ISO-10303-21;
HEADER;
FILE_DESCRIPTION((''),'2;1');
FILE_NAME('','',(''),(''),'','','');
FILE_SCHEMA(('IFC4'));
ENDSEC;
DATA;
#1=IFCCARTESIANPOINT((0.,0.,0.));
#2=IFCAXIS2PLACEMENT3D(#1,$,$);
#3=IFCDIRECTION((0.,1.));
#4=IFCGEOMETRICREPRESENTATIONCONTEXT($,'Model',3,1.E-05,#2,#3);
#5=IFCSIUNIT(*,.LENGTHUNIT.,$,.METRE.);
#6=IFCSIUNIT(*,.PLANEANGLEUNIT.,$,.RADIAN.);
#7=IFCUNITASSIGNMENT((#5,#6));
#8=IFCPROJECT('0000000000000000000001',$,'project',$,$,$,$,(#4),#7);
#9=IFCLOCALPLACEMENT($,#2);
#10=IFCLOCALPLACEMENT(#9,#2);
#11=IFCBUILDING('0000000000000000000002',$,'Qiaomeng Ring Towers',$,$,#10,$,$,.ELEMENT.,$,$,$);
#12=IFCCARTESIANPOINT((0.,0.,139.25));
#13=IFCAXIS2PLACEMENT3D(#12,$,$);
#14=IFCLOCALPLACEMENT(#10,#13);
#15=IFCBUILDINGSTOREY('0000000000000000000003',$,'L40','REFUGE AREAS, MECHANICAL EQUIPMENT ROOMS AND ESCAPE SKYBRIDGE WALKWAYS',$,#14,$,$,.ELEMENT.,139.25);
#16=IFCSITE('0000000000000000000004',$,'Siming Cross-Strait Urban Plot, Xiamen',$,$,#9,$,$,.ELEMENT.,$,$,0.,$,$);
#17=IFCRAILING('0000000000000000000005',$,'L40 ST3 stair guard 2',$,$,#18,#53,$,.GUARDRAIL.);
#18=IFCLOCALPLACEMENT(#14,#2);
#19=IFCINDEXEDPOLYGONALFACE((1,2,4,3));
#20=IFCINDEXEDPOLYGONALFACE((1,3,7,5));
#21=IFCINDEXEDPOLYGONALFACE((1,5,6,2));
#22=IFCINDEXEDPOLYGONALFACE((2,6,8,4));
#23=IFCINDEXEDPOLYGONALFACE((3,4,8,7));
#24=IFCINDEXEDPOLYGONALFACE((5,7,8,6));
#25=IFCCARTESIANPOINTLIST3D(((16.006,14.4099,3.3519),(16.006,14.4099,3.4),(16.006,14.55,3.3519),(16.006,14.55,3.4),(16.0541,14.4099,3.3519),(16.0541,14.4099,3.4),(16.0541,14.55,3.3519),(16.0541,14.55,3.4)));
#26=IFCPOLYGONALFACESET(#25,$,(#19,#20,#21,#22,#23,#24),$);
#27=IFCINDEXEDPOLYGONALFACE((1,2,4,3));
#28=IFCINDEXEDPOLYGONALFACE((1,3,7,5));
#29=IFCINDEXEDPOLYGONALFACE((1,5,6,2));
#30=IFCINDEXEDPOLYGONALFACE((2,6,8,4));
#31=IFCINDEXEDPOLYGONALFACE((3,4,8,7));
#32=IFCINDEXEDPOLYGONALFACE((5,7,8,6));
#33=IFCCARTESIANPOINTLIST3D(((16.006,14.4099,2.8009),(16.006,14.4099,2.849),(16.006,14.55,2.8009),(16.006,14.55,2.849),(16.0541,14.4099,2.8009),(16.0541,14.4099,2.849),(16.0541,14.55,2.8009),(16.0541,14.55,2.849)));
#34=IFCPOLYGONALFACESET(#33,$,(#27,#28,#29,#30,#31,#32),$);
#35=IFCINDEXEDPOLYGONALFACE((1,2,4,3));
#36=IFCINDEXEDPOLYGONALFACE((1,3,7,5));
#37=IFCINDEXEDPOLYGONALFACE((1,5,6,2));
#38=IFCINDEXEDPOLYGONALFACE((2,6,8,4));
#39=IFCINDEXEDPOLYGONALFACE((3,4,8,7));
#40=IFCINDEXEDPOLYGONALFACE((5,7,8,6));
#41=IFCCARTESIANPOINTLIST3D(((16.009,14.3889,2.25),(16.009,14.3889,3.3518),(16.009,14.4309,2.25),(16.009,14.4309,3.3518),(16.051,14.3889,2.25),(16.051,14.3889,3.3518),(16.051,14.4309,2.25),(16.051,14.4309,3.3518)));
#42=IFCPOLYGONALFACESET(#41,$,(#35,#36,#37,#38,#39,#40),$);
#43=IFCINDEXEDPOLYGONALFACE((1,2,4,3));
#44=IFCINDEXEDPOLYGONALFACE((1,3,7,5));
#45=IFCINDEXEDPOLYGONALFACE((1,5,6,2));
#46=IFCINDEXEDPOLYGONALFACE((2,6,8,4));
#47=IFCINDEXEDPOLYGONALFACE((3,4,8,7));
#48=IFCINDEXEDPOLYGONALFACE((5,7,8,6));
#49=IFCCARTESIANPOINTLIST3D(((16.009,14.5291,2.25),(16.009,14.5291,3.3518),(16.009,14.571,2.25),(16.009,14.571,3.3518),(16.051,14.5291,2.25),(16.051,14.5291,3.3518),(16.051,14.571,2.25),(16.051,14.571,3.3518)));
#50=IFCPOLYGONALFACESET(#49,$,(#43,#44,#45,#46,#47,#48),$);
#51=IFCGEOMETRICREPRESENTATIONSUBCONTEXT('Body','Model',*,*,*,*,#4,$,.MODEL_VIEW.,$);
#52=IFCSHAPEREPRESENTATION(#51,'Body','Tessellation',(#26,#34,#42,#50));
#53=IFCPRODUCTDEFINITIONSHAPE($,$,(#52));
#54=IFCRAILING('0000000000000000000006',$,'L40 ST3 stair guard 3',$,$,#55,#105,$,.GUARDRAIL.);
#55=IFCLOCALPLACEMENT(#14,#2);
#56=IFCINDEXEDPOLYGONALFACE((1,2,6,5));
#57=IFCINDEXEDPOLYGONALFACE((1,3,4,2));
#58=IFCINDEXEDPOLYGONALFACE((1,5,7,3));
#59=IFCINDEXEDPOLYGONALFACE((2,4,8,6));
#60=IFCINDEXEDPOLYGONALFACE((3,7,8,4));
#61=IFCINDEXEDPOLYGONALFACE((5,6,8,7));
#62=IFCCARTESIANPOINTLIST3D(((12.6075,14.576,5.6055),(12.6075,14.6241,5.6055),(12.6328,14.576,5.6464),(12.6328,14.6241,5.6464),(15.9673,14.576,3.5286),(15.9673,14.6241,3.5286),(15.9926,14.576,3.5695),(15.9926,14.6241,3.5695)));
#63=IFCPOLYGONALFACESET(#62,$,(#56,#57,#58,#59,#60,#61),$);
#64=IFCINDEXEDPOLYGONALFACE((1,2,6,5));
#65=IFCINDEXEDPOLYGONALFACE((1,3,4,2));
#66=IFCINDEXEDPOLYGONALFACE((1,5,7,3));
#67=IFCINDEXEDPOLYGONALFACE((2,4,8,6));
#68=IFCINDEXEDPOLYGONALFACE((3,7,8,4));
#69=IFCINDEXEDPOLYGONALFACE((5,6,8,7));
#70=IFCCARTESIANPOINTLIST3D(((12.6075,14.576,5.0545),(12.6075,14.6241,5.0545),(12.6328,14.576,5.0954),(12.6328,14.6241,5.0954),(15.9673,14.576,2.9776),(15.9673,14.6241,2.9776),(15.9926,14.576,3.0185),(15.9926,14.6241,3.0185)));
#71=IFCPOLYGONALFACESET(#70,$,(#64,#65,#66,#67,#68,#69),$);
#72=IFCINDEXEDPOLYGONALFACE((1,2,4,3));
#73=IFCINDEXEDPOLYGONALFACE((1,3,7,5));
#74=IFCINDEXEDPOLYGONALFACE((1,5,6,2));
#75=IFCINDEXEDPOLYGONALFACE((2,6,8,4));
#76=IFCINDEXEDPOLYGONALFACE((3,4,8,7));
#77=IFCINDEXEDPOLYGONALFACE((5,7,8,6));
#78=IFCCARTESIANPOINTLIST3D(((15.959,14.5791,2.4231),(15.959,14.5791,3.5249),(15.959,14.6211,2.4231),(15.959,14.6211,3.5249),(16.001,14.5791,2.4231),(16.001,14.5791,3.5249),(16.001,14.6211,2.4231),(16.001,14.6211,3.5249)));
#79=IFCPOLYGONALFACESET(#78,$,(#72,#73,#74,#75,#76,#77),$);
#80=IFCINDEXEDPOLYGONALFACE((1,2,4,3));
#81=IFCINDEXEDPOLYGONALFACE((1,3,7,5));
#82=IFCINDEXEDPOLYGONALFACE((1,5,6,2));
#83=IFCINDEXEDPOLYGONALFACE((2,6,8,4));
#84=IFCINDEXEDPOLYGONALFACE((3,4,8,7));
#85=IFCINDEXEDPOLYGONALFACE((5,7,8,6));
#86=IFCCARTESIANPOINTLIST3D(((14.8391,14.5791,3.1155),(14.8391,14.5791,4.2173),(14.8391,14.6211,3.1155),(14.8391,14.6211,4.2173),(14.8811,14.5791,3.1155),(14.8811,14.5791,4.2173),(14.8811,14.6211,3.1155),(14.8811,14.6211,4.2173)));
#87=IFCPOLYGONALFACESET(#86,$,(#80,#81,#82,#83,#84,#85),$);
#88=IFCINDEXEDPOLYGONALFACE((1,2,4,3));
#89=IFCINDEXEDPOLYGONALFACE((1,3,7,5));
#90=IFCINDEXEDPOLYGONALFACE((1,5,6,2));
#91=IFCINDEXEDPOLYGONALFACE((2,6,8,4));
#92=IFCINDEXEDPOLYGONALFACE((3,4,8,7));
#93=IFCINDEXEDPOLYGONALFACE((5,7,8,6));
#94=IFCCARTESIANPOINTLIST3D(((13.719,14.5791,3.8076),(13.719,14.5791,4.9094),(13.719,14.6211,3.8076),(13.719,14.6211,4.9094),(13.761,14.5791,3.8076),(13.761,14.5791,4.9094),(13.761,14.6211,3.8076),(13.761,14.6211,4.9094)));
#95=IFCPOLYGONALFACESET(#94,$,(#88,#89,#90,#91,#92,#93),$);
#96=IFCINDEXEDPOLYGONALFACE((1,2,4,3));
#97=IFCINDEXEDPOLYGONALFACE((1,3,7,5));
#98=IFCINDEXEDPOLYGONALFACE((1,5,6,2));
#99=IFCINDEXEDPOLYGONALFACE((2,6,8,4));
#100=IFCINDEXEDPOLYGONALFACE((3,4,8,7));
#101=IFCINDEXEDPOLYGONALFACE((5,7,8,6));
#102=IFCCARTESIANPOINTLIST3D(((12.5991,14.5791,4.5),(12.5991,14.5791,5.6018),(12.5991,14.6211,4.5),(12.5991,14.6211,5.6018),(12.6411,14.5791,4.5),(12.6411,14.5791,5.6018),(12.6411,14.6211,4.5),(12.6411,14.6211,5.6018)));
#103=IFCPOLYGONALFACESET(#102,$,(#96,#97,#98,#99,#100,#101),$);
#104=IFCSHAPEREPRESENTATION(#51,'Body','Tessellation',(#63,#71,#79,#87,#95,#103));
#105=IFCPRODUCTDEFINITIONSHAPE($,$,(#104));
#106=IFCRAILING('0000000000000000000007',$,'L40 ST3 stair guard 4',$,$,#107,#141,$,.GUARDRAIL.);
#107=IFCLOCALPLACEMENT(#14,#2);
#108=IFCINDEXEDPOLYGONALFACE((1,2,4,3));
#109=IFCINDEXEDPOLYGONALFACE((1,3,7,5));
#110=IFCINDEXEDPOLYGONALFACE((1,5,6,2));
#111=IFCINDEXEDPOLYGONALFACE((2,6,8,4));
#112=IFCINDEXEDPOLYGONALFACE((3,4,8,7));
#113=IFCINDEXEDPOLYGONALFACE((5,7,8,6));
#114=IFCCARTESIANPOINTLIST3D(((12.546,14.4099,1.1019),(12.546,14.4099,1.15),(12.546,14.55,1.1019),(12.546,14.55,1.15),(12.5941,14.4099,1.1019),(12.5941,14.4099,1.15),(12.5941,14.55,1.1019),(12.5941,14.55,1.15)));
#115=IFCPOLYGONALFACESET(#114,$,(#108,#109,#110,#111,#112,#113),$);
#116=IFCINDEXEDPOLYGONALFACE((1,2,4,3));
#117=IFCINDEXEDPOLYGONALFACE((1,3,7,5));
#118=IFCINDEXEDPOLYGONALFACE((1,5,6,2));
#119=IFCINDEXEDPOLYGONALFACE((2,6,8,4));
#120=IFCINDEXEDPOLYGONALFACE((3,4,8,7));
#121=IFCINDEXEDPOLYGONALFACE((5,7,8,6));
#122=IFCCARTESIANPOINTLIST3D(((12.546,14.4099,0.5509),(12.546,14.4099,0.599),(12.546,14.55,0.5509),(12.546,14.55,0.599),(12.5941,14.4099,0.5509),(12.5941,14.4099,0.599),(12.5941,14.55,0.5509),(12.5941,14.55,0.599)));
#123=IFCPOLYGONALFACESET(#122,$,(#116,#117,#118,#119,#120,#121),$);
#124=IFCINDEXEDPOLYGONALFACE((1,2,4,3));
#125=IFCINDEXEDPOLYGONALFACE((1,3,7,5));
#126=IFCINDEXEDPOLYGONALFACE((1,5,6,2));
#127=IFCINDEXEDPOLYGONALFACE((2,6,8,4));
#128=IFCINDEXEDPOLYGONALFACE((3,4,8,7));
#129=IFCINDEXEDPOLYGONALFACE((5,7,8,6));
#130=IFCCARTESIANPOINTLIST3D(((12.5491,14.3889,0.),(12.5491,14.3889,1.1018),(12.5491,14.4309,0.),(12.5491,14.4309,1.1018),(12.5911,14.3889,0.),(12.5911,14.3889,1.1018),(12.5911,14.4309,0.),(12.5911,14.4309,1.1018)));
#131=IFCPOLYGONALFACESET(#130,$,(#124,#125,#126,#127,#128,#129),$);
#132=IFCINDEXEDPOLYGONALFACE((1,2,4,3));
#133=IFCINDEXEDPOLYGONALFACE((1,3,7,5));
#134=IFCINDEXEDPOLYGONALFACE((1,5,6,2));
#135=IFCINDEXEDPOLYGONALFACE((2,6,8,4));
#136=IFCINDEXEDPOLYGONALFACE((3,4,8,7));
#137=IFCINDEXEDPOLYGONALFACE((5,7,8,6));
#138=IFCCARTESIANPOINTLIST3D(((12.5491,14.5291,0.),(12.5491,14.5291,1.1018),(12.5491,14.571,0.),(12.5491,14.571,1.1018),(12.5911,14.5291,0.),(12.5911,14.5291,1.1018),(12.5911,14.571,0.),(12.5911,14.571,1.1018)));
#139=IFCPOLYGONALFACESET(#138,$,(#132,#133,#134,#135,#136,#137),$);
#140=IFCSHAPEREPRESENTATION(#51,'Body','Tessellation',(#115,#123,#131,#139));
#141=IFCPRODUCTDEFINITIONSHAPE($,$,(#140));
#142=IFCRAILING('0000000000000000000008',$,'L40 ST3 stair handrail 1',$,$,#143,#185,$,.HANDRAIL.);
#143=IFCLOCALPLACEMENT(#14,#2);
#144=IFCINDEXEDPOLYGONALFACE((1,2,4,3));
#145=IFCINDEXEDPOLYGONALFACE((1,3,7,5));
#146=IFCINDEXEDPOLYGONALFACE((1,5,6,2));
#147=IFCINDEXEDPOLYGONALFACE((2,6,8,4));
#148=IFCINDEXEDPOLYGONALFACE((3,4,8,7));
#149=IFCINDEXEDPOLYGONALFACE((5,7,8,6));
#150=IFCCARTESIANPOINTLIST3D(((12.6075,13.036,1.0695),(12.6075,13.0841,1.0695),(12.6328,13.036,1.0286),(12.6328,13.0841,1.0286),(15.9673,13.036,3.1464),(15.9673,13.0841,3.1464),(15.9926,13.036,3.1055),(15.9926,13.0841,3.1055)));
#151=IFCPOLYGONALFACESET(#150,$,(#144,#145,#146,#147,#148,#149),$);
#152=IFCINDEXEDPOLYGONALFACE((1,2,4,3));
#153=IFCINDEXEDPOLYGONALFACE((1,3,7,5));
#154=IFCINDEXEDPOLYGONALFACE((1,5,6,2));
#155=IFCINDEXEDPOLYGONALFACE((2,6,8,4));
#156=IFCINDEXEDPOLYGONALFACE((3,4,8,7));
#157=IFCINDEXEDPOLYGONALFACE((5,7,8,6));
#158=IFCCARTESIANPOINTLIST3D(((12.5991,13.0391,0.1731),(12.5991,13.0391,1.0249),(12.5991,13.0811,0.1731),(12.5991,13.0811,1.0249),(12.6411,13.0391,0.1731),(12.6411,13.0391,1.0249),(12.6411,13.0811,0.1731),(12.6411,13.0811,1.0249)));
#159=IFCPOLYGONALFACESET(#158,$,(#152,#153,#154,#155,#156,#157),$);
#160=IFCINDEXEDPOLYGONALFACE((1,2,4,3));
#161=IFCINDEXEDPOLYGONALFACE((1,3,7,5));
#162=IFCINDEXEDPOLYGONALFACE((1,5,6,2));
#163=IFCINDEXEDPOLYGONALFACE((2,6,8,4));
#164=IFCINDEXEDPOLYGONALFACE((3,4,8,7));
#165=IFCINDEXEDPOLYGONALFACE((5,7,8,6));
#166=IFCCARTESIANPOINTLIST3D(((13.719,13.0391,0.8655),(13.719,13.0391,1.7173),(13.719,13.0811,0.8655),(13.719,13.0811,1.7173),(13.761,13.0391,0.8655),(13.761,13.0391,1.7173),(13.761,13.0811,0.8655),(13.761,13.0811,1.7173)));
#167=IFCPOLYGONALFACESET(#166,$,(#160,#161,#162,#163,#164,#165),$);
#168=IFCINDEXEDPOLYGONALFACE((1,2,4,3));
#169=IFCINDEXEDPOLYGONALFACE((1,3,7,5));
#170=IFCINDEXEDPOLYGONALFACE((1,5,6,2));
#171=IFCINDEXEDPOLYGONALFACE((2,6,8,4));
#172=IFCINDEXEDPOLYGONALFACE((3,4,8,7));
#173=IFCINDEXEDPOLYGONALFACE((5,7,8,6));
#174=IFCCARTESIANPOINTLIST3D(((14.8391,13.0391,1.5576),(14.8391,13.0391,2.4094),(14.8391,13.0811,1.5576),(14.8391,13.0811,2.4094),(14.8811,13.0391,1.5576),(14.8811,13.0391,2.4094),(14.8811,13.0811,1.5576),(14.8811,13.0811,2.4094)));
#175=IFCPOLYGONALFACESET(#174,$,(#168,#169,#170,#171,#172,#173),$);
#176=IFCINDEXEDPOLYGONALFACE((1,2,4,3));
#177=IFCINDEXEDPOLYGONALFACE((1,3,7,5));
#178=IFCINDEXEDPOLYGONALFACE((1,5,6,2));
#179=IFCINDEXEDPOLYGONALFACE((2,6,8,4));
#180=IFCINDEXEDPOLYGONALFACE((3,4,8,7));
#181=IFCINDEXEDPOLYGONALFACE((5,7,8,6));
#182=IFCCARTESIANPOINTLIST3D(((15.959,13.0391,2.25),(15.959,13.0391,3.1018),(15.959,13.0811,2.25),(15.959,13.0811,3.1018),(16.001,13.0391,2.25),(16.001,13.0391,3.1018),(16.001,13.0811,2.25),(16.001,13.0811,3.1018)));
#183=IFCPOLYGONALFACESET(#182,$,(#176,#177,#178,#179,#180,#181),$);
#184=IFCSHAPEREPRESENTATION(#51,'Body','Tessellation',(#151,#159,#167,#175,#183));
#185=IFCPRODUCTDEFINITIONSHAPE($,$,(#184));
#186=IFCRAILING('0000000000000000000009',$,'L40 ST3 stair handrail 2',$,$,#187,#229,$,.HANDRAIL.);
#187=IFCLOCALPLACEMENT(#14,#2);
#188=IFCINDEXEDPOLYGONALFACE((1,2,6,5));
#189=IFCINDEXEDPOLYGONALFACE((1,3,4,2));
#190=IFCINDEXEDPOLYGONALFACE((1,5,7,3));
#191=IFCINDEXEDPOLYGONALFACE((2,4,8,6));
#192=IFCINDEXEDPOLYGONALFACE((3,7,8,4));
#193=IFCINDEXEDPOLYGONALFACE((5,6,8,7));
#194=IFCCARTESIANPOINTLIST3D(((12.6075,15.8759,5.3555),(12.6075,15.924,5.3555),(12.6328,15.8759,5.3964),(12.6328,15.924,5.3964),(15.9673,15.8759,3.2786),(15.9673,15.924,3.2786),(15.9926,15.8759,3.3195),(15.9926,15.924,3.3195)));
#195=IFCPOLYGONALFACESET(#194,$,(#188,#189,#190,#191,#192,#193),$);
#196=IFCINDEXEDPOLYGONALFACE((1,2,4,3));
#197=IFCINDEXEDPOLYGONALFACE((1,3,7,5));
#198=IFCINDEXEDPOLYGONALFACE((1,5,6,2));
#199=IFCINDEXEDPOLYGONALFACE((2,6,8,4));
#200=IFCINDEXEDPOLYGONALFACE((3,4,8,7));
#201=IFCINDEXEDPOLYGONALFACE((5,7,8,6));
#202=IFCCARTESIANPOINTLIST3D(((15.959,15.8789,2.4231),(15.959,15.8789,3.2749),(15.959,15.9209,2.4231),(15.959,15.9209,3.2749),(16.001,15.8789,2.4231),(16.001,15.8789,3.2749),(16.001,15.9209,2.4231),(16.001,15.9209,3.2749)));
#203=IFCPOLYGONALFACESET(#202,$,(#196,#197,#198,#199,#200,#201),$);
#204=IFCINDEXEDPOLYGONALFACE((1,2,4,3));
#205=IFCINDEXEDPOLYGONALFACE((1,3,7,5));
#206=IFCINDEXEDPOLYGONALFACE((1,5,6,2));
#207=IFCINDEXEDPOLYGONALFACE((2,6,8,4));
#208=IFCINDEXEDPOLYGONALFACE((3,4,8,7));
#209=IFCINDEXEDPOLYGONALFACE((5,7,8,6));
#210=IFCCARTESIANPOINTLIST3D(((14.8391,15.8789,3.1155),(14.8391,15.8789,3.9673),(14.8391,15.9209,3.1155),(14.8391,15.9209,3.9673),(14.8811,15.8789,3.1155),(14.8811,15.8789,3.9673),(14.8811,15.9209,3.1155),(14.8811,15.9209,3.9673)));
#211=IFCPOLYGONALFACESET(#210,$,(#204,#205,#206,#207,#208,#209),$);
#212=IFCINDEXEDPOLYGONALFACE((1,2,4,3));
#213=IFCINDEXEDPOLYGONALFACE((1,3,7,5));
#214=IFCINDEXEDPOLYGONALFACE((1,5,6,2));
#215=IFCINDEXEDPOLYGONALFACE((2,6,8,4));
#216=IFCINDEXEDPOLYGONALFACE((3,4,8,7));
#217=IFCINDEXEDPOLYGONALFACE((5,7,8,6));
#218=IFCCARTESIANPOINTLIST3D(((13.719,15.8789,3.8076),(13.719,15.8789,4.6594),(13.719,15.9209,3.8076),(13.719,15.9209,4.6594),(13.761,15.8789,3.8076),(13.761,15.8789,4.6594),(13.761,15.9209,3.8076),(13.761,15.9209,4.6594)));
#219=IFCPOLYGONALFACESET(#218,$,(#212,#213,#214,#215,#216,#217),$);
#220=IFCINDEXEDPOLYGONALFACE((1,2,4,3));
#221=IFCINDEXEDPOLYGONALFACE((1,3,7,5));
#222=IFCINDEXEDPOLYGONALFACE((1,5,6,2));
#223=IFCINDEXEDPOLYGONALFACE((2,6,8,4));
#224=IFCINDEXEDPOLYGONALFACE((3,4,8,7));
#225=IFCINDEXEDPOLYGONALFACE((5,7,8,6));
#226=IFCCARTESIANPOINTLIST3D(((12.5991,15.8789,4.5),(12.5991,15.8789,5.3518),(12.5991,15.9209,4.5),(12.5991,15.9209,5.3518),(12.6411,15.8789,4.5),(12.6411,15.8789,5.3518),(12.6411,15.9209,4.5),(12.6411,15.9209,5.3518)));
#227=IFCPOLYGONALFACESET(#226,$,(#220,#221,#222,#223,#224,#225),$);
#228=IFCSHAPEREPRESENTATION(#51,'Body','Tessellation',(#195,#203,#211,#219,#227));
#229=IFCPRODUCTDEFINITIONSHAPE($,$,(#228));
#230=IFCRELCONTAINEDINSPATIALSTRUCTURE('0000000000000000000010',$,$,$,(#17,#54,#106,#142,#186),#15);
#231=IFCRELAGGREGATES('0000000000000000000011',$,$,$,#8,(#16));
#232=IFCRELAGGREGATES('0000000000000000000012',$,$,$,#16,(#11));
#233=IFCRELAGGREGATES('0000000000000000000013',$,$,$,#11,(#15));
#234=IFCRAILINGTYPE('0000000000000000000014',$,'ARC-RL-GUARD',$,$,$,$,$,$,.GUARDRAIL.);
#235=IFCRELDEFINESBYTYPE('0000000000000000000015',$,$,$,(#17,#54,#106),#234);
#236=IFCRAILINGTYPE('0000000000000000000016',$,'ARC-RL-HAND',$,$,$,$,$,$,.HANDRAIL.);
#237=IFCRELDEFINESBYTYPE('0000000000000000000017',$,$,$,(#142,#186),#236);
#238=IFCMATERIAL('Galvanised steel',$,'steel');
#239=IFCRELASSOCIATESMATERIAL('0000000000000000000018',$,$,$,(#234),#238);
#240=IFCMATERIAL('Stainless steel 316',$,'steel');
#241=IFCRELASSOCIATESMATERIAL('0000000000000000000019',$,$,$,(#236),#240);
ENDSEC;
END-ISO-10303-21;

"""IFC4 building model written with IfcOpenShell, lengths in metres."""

from ifc_helpers import new_model, si_unit, direction, frame, origin, origin_2d, place, context, subcontext, project, spatial, rectangle, extrude, material, type_object, element, save


model = new_model("IFC4")

# Units and contexts
model_context = context("Model", 3, precision=1e-05, world=origin(), true_north=direction((0.0, 1.0)))
body_context = subcontext(model_context, "Body", "Model", "MODEL_VIEW")
ifc_project = project(units=[si_unit("LENGTHUNIT", "METRE"), si_unit("PLANEANGLEUNIT", "RADIAN")], contexts=[model_context])

# Site, building, storey
site_placement = place(None, origin())
site = spatial("IfcSite", under=ifc_project, at=site_placement, Name="Siming Cross-Strait Urban Plot, Xiamen", CompositionType="ELEMENT", RefElevation=0.0)
building_placement = place(site_placement, origin())
building = spatial("IfcBuilding", under=site, at=building_placement, Name="Qiaomeng Ring Towers", CompositionType="ELEMENT")
storey_placement = place(building_placement, frame((0.0, 0.0, 139.25)))
storey = spatial("IfcBuildingStorey", under=building, at=storey_placement, Name="L40", Description="REFUGE AREAS, MECHANICAL EQUIPMENT ROOMS AND ESCAPE SKYBRIDGE WALKWAYS", CompositionType="ELEMENT", Elevation=139.25)

# Railings
ifc_material_1 = material(Name="Galvanised steel", Category="steel")
railing_type_1 = type_object("IfcRailingType", Name="ARC-RL-GUARD", PredefinedType="GUARDRAIL", material=ifc_material_1)
railing_1_placement = place(storey_placement, frame((16.03, 14.4099, 2.25)))
element("IfcRailing", 1, at=railing_1_placement, inside=storey, type_object=railing_type_1, Name="L40 ST3 stair guard 2", PredefinedType="GUARDRAIL", context=body_context, shape_type="SweptSolid", body=[
    extrude(rectangle(XDim=0.0481, YDim=0.0481, at=origin_2d()), frame((0.0, 0.0, 1.126), z_axis=(0.0, 1.0, 0.0), x_axis=(-1.0, 0.0, 0.0)), (0.0, 0.0, 1.0), 0.1401),
    extrude(rectangle(XDim=0.0481, YDim=0.0481, at=origin_2d()), frame((0.0, 0.0, 0.575), z_axis=(0.0, 1.0, 0.0), x_axis=(-1.0, 0.0, 0.0)), (0.0, 0.0, 1.0), 0.1401),
    extrude(rectangle(XDim=0.042, YDim=0.042, at=origin_2d()), origin(), (0.0, 0.0, 1.0), 1.1018),
    extrude(rectangle(XDim=0.042, YDim=0.042, at=origin_2d()), frame((0.0, 0.1401, 0.0)), (0.0, 0.0, 1.0), 1.1018),
])
railing_2_placement = place(storey_placement, frame((15.98, 14.6001, 2.4231)))
element("IfcRailing", 2, at=railing_2_placement, inside=storey, type_object=railing_type_1, Name="L40 ST3 stair guard 3", PredefinedType="GUARDRAIL", context=body_context, shape_type="SweptSolid", body=[
    extrude(rectangle(XDim=0.0481, YDim=0.0481, at=origin_2d()), frame((0.0, 0.0, 1.126), z_axis=(-0.850606, 0.0, 0.525803), x_axis=(0.0, -1.0, 0.0)), (0.0, 0.0, 1.0), 3.95),
    extrude(rectangle(XDim=0.0481, YDim=0.0481, at=origin_2d()), frame((0.0, 0.0, 0.575), z_axis=(-0.850606, 0.0, 0.525803), x_axis=(0.0, -1.0, 0.0)), (0.0, 0.0, 1.0), 3.95),
    extrude(rectangle(XDim=0.042, YDim=0.042, at=origin_2d()), origin(), (0.0, 0.0, 1.0), 1.1018),
    extrude(rectangle(XDim=0.042, YDim=0.042, at=origin_2d()), frame((-1.1199, 0.0, 0.6924)), (0.0, 0.0, 1.0), 1.1018),
    extrude(rectangle(XDim=0.042, YDim=0.042, at=origin_2d()), frame((-2.24, 0.0, 1.3845)), (0.0, 0.0, 1.0), 1.1018),
    extrude(rectangle(XDim=0.042, YDim=0.042, at=origin_2d()), frame((-3.3599, 0.0, 2.0769)), (0.0, 0.0, 1.0), 1.1018),
])
railing_3_placement = place(storey_placement, frame((12.5701, 14.4099, 0.0)))
element("IfcRailing", 3, at=railing_3_placement, inside=storey, type_object=railing_type_1, Name="L40 ST3 stair guard 4", PredefinedType="GUARDRAIL", context=body_context, shape_type="SweptSolid", body=[
    extrude(rectangle(XDim=0.0481, YDim=0.0481, at=origin_2d()), frame((0.0, 0.0, 1.126), z_axis=(0.0, 1.0, 0.0), x_axis=(-1.0, 0.0, 0.0)), (0.0, 0.0, 1.0), 0.1401),
    extrude(rectangle(XDim=0.0481, YDim=0.0481, at=origin_2d()), frame((0.0, 0.0, 0.575), z_axis=(0.0, 1.0, 0.0), x_axis=(-1.0, 0.0, 0.0)), (0.0, 0.0, 1.0), 0.1401),
    extrude(rectangle(XDim=0.042, YDim=0.042, at=origin_2d()), origin(), (0.0, 0.0, 1.0), 1.1018),
    extrude(rectangle(XDim=0.042, YDim=0.042, at=origin_2d()), frame((0.0, 0.1401, 0.0)), (0.0, 0.0, 1.0), 1.1018),
])
ifc_material_2 = material(Name="Stainless steel 316", Category="steel")
railing_type_2 = type_object("IfcRailingType", Name="ARC-RL-HAND", PredefinedType="HANDRAIL", material=ifc_material_2)
railing_4_placement = place(storey_placement, frame((12.6201, 13.0601, 0.1731)))
element("IfcRailing", 4, at=railing_4_placement, inside=storey, type_object=railing_type_2, Name="L40 ST3 stair handrail 1", PredefinedType="HANDRAIL", context=body_context, shape_type="SweptSolid", body=[
    extrude(rectangle(XDim=0.0481, YDim=0.0481, at=origin_2d()), frame((0.0, 0.0, 0.876), z_axis=(0.850606, 0.0, 0.525803), x_axis=(0.0, 1.0, 0.0)), (0.0, 0.0, 1.0), 3.95),
    extrude(rectangle(XDim=0.042, YDim=0.042, at=origin_2d()), origin(), (0.0, 0.0, 1.0), 0.8518),
    extrude(rectangle(XDim=0.042, YDim=0.042, at=origin_2d()), frame((1.1199, 0.0, 0.6924)), (0.0, 0.0, 1.0), 0.8518),
    extrude(rectangle(XDim=0.042, YDim=0.042, at=origin_2d()), frame((2.24, 0.0, 1.3845)), (0.0, 0.0, 1.0), 0.8518),
    extrude(rectangle(XDim=0.042, YDim=0.042, at=origin_2d()), frame((3.3599, 0.0, 2.0769)), (0.0, 0.0, 1.0), 0.8518),
])
railing_5_placement = place(storey_placement, frame((15.98, 15.8999, 2.4231)))
element("IfcRailing", 5, at=railing_5_placement, inside=storey, type_object=railing_type_2, Name="L40 ST3 stair handrail 2", PredefinedType="HANDRAIL", context=body_context, shape_type="SweptSolid", body=[
    extrude(rectangle(XDim=0.0481, YDim=0.0481, at=origin_2d()), frame((0.0, 0.0, 0.876), z_axis=(-0.850606, 0.0, 0.525803), x_axis=(0.0, -1.0, 0.0)), (0.0, 0.0, 1.0), 3.95),
    extrude(rectangle(XDim=0.042, YDim=0.042, at=origin_2d()), origin(), (0.0, 0.0, 1.0), 0.8518),
    extrude(rectangle(XDim=0.042, YDim=0.042, at=origin_2d()), frame((-1.1199, 0.0, 0.6924)), (0.0, 0.0, 1.0), 0.8518),
    extrude(rectangle(XDim=0.042, YDim=0.042, at=origin_2d()), frame((-2.24, 0.0, 1.3845)), (0.0, 0.0, 1.0), 0.8518),
    extrude(rectangle(XDim=0.042, YDim=0.042, at=origin_2d()), frame((-3.3599, 0.0, 2.0769)), (0.0, 0.0, 1.0), 0.8518),
])

save(model, "model.ifc")
